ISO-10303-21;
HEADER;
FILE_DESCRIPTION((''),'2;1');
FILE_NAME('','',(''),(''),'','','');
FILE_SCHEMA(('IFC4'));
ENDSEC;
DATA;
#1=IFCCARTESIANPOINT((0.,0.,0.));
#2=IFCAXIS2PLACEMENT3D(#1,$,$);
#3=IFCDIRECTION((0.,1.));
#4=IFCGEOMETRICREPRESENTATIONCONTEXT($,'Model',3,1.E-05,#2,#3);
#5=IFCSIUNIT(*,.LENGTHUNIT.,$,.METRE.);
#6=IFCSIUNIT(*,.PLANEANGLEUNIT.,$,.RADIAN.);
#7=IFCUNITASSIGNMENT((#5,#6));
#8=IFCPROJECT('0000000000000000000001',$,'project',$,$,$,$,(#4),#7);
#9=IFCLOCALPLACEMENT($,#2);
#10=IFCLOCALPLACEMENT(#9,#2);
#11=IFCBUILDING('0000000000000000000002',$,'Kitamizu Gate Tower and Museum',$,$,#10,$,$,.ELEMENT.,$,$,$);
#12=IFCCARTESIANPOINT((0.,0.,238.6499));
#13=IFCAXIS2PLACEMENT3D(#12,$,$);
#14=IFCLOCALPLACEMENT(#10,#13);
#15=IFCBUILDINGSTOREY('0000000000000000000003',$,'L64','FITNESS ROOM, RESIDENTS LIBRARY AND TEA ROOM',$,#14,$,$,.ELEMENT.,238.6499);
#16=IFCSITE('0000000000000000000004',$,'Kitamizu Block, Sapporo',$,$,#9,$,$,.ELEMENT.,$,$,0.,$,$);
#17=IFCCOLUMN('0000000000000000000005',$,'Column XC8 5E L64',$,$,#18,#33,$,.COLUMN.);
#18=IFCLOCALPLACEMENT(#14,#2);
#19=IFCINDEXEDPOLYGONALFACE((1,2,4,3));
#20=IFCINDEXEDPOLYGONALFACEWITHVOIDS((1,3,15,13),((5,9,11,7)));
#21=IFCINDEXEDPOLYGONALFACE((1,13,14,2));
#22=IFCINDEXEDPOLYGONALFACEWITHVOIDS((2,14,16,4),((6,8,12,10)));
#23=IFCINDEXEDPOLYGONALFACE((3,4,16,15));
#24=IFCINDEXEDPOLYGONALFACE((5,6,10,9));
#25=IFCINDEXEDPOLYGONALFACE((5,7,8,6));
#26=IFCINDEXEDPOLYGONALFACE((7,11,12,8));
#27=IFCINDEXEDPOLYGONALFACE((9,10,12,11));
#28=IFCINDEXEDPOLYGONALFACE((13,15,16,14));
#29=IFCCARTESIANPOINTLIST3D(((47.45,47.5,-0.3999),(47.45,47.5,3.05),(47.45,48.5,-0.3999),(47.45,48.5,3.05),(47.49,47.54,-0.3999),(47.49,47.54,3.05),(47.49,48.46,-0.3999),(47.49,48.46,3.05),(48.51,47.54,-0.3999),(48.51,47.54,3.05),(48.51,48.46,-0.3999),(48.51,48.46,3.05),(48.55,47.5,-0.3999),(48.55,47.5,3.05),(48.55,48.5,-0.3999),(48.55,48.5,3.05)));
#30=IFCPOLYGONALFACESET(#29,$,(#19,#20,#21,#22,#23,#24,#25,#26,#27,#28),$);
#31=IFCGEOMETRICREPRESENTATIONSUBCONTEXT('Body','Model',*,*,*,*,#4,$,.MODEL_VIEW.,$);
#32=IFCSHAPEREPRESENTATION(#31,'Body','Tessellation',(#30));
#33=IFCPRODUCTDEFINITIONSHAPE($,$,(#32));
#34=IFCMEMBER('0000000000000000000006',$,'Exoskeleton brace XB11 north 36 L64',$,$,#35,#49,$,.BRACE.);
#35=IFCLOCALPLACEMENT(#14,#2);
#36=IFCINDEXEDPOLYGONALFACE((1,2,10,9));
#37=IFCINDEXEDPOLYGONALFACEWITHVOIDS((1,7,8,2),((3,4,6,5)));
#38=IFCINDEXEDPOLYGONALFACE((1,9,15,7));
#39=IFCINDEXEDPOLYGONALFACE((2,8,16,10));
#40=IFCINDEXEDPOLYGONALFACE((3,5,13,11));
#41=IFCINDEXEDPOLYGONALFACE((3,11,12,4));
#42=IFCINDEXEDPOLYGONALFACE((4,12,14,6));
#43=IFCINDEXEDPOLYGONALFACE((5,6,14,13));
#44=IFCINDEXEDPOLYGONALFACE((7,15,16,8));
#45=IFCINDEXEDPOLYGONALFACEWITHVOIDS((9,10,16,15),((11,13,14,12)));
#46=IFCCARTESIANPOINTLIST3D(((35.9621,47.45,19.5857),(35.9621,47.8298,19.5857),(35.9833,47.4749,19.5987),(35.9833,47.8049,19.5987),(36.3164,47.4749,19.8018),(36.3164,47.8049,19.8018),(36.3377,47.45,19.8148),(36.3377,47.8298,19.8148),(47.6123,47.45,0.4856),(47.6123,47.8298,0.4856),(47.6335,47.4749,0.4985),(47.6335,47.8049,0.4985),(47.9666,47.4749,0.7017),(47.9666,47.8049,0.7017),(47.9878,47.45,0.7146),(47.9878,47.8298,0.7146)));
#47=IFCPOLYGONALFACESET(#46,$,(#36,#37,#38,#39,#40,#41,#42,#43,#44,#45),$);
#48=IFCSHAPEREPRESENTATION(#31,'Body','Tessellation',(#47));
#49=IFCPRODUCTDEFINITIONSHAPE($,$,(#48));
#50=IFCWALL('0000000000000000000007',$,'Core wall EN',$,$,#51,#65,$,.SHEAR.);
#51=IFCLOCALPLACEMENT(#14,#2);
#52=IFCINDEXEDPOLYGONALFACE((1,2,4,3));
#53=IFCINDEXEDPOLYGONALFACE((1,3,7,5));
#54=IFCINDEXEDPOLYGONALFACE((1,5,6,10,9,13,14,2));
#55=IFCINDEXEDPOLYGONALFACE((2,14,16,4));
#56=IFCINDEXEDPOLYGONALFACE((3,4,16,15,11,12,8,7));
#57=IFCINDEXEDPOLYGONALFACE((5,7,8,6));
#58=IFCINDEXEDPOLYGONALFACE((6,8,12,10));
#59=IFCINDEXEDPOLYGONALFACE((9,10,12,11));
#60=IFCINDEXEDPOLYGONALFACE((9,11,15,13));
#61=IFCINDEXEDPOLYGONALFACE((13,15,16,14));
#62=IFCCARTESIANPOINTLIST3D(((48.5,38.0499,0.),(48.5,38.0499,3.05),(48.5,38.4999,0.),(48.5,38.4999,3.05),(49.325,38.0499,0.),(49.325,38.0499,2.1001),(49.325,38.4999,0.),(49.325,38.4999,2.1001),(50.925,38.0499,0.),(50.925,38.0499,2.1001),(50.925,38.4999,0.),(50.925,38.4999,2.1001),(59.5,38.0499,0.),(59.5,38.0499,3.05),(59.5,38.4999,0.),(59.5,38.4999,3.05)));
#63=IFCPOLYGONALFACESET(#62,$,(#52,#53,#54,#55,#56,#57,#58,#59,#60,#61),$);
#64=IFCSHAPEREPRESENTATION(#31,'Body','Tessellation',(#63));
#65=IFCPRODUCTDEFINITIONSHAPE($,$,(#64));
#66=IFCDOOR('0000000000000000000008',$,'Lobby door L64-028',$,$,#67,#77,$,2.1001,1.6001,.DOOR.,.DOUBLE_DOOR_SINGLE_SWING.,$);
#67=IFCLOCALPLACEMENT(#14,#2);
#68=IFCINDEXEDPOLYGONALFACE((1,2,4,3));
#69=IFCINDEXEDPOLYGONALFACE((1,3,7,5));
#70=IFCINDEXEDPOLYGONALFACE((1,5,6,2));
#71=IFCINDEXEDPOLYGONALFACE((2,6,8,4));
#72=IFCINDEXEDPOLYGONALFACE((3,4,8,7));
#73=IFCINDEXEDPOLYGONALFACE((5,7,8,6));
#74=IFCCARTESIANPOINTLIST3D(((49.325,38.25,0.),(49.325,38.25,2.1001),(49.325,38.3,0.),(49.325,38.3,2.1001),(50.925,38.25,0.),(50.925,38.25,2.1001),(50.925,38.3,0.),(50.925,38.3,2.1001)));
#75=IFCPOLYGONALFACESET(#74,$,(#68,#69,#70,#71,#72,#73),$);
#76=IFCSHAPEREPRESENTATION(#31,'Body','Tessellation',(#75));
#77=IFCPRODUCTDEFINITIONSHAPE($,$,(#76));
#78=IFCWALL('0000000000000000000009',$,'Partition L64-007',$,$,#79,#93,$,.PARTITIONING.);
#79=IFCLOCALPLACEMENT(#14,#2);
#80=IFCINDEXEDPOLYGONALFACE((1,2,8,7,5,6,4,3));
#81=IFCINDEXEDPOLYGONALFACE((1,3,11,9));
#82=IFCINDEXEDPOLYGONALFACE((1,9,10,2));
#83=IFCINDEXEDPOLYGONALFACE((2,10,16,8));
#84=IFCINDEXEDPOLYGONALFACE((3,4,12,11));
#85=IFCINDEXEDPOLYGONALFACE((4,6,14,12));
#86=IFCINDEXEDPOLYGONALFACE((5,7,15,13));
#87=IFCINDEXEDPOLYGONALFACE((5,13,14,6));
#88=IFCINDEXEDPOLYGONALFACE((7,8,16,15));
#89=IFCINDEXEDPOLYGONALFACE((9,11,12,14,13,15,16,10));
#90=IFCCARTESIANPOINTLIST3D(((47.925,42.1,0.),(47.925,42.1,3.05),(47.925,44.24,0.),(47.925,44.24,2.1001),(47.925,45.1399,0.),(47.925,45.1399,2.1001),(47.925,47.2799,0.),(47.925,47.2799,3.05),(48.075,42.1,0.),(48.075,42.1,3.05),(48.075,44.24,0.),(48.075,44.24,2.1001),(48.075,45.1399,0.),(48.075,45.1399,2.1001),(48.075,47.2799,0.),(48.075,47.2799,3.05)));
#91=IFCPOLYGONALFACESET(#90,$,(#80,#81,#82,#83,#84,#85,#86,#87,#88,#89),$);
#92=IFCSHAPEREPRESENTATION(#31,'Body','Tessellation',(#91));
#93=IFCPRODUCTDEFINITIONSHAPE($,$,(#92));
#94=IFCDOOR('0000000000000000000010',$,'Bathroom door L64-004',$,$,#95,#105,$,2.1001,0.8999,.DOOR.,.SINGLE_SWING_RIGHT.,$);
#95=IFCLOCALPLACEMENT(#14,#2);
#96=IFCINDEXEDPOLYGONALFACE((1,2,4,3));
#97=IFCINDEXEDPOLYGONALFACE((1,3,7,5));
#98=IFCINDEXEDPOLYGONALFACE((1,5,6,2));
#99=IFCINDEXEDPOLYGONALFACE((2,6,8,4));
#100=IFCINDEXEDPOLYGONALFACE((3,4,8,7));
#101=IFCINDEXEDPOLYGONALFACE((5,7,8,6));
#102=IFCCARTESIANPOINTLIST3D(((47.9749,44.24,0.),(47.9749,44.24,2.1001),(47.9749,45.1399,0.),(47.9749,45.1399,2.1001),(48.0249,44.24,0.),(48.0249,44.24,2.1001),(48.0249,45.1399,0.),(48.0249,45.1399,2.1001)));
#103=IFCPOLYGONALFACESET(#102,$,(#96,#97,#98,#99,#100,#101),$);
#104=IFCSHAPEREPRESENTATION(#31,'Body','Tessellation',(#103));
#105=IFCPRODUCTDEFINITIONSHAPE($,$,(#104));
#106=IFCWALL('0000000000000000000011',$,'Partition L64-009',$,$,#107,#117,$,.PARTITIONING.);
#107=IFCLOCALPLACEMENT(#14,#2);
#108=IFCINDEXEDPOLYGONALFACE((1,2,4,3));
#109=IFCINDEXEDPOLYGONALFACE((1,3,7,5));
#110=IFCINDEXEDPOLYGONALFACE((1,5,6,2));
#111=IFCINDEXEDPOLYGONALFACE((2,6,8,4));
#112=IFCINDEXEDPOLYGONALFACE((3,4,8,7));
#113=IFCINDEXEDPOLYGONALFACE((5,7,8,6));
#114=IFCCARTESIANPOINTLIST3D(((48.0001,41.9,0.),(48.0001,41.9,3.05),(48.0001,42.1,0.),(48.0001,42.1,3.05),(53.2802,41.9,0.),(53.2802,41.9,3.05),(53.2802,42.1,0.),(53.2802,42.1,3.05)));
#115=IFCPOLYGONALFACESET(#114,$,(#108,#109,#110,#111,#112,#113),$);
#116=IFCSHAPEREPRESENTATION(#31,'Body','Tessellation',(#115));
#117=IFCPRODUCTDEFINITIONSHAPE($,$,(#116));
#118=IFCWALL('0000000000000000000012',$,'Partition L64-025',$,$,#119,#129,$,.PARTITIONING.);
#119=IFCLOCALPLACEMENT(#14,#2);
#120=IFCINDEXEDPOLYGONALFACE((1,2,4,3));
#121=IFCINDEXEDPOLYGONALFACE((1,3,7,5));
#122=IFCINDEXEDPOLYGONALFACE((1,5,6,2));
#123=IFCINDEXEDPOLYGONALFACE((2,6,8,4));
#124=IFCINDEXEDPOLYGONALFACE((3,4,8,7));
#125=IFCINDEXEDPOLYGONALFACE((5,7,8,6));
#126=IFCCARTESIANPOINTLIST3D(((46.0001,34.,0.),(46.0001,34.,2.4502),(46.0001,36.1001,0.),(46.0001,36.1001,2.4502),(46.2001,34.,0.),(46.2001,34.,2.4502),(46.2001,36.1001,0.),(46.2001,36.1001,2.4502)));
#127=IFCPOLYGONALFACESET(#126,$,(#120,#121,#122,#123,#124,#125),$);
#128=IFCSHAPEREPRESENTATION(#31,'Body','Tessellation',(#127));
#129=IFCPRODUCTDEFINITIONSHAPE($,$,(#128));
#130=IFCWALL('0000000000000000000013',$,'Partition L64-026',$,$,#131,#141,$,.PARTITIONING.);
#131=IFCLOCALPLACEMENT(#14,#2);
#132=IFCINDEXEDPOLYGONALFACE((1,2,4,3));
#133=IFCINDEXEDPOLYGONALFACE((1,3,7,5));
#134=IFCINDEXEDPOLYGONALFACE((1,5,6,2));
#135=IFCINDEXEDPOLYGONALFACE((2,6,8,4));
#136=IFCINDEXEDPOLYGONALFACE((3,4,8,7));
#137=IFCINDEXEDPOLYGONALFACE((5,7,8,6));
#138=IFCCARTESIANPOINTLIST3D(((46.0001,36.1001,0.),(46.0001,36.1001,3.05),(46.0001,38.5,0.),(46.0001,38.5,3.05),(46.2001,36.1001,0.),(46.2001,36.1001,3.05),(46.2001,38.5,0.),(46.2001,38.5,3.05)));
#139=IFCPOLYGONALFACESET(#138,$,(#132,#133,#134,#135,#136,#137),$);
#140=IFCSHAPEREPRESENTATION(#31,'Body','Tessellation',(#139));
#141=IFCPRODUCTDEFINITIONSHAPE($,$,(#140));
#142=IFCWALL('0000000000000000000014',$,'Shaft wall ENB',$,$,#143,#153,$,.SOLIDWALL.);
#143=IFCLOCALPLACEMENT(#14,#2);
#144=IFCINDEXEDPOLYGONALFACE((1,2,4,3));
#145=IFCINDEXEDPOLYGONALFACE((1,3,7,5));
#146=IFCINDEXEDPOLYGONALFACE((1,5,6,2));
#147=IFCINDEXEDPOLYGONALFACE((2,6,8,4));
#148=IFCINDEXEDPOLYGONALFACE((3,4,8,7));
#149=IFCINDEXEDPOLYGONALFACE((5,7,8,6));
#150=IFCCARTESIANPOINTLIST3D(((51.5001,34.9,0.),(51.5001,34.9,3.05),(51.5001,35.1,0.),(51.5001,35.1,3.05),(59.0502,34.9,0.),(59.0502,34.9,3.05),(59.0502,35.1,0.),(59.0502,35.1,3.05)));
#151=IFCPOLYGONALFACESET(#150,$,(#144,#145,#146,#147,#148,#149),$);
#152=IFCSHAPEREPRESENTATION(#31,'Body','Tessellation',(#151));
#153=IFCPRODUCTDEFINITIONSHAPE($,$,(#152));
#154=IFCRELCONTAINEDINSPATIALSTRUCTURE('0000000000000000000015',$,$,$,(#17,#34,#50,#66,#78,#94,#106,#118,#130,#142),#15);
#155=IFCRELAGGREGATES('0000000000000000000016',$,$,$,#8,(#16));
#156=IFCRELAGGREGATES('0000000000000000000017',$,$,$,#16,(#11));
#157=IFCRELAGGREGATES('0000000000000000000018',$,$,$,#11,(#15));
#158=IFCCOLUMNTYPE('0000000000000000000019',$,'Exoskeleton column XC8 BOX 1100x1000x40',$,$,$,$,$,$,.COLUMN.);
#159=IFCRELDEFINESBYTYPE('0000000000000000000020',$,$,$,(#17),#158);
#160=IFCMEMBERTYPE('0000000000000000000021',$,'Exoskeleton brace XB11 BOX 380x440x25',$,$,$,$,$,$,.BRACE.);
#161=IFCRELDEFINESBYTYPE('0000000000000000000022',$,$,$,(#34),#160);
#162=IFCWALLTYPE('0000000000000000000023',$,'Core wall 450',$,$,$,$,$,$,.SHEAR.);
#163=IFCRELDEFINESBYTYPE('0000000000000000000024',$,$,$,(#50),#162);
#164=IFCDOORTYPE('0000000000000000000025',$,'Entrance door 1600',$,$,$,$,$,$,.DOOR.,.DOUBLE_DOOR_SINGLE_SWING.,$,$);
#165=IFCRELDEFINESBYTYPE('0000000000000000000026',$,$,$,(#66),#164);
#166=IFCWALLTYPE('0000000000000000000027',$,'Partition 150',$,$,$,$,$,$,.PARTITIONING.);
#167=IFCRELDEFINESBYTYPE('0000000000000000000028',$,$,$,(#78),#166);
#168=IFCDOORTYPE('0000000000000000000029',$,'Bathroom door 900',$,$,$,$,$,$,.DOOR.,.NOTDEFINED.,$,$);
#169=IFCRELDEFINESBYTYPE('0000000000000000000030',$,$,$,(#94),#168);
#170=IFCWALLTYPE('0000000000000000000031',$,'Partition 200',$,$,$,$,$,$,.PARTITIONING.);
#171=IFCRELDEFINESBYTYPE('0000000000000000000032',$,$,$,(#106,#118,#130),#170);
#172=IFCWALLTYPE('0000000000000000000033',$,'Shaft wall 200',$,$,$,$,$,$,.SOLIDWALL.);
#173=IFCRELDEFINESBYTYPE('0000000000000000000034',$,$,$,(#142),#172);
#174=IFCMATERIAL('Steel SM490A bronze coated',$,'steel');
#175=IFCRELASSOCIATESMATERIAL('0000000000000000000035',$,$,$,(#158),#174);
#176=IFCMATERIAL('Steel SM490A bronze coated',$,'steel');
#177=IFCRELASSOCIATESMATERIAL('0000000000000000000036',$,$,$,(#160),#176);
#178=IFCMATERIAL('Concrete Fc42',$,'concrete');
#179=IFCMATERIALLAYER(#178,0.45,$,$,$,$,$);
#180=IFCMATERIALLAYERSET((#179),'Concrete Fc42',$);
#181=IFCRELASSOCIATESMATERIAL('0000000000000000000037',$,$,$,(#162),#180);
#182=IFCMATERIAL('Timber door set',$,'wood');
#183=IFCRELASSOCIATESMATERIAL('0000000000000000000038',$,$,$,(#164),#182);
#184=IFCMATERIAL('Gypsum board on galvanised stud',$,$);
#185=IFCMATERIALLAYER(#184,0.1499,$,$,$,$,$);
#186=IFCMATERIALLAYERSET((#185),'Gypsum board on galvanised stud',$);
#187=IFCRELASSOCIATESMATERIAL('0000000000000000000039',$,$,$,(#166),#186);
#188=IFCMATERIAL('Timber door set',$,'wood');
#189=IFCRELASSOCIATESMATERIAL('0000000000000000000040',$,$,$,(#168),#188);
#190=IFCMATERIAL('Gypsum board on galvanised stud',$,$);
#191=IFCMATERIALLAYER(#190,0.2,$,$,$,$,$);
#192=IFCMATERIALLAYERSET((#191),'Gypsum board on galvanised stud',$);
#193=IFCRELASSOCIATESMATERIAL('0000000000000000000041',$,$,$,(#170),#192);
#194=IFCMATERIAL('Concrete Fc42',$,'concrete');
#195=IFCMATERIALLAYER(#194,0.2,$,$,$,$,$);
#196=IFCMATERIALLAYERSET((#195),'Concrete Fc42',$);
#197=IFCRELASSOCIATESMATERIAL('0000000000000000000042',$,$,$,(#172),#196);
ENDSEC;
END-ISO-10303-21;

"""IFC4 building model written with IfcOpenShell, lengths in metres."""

from ifc_helpers import new_model, si_unit, direction, frame, frame_2d, origin, origin_2d, place, context, subcontext, project, spatial, rectangle, hollow_rectangle, extrude, material, layer, layer_set, material_profile, profile_set, type_object, element, fill, save


model = new_model("IFC4")

# Units and contexts
model_context = context("Model", 3, precision=1e-05, world=origin(), true_north=direction((0.0, 1.0)))
body_context = subcontext(model_context, "Body", "Model", "MODEL_VIEW")
ifc_project = project(units=[si_unit("LENGTHUNIT", "METRE"), si_unit("PLANEANGLEUNIT", "RADIAN")], contexts=[model_context])

# Site, building, storey
site_placement = place(None, origin())
site = spatial("IfcSite", under=ifc_project, at=site_placement, Name="Kitamizu Block, Sapporo", CompositionType="ELEMENT", RefElevation=0.0)
building_placement = place(site_placement, origin())
building = spatial("IfcBuilding", under=site, at=building_placement, Name="Kitamizu Gate Tower and Museum", CompositionType="ELEMENT")
storey_placement = place(building_placement, frame((0.0, 0.0, 238.6499)))
storey = spatial("IfcBuildingStorey", under=building, at=storey_placement, Name="L64", Description="FITNESS ROOM, RESIDENTS LIBRARY AND TEA ROOM", CompositionType="ELEMENT", Elevation=238.6499)

# Column
ifc_material_1 = material(Name="Steel SM490A bronze coated", Category="steel")
ifc_material_profile_1 = material_profile(ifc_material_1, hollow_rectangle(XDim=1.1001, YDim=1.0, WallThickness=0.04, at=origin_2d()), Name="BOX 1100x1000x40")
ifc_profile_set_1 = profile_set([ifc_material_profile_1], Name="Steel SM490A bronze coated")
column_type = type_object("IfcColumnType", Name="Exoskeleton column XC8 BOX 1100x1000x40", PredefinedType="COLUMN", material=ifc_profile_set_1)
column_placement = place(storey_placement, frame((48.0, 48.0, -0.3999), z_axis=(0.0, 0.0, 1.0), x_axis=(1.0, 0.0, 0.0)))
element("IfcColumn", 1, at=column_placement, inside=storey, type_object=column_type, Name="Column XC8 5E L64", PredefinedType="COLUMN", context=body_context, shape_type="SweptSolid", body=[
    extrude(hollow_rectangle(XDim=1.1001, YDim=1.0, WallThickness=0.04, at=origin_2d()), origin(), (0.0, 0.0, 1.0), 3.45),
])

# Member
ifc_material_2 = material(Name="Steel SM490A bronze coated", Category="steel")
ifc_material_profile_2 = material_profile(ifc_material_2, hollow_rectangle(XDim=0.3799, YDim=0.4399, WallThickness=0.0249, at=origin_2d()), Name="BOX 380x440x25")
ifc_profile_set_2 = profile_set([ifc_material_profile_2], Name="Steel SM490A bronze coated")
member_type = type_object("IfcMemberType", Name="Exoskeleton brace XB11 BOX 380x440x25", PredefinedType="BRACE", material=ifc_profile_set_2)
member_placement = place(storey_placement, frame((47.8, 47.6399, 0.6001), z_axis=(-0.520729, 0.0, 0.853722), x_axis=(0.0, -1.0, 0.0)))
element("IfcMember", 2, at=member_placement, inside=storey, type_object=member_type, Name="Exoskeleton brace XB11 north 36 L64", PredefinedType="BRACE", context=body_context, shape_type="SweptSolid", body=[
    extrude(hollow_rectangle(XDim=0.3799, YDim=0.4399, WallThickness=0.0249, at=origin_2d()), origin(), (0.0, 0.0, 1.0), 22.3728),
])

# Walls, openings, doors
ifc_material_3 = material(Name="Concrete Fc42", Category="concrete")
ifc_layer_1 = layer(ifc_material_3, 0.45)
ifc_layer_set_1 = layer_set([ifc_layer_1], Name="Concrete Fc42")
wall_type_1 = type_object("IfcWallType", Name="Core wall 450", PredefinedType="SHEAR", material=ifc_layer_set_1)
wall_1_placement = place(storey_placement, frame((59.5, 38.2749, 0.0), z_axis=(0.0, 0.0, 1.0), x_axis=(-1.0, 0.0, 0.0)))
wall_1 = element("IfcWall", 3, at=wall_1_placement, inside=storey, type_object=wall_type_1, Name="Core wall EN", PredefinedType="SHEAR", context=body_context, shape_type="SweptSolid", body=[
    extrude(rectangle(XDim=11.0, YDim=0.45, at=frame_2d((5.5, 0.0))), origin(), (0.0, 0.0, 1.0), 3.05),
])
opening_1_placement = place(wall_1_placement, frame((8.575, 0.0, 0.0)))
opening_1 = element("IfcOpeningElement", 4, at=opening_1_placement, cuts=wall_1, PredefinedType="OPENING", context=body_context, shape_type="SweptSolid", body=[
    extrude(rectangle(XDim=1.6001, YDim=2.1001, at=frame_2d((0.8, 1.05))), frame((0.0, 0.2349, 0.0), z_axis=(0.0, -1.0, 0.0), x_axis=(1.0, 0.0, 0.0)), (0.0, 0.0, 1.0), 0.47),
])
ifc_material_4 = material(Name="Timber door set", Category="wood")
door_type_1 = type_object("IfcDoorType", Name="Entrance door 1600", OperationType="DOUBLE_DOOR_SINGLE_SWING", PredefinedType="DOOR", material=ifc_material_4)
door_1_placement = place(opening_1_placement, origin())
door_1 = element("IfcDoor", 5, at=door_1_placement, inside=storey, type_object=door_type_1, Name="Lobby door L64-028", OperationType="DOUBLE_DOOR_SINGLE_SWING", OverallHeight=2.1001, OverallWidth=1.6001, PredefinedType="DOOR", context=body_context, shape_type="SweptSolid", body=[
    extrude(rectangle(XDim=1.6001, YDim=2.1001, at=frame_2d((0.8, 1.05))), frame((0.0, 0.0249, 0.0), z_axis=(0.0, -1.0, 0.0), x_axis=(1.0, 0.0, 0.0)), (0.0, 0.0, 1.0), 0.05),
])
fill(opening_1, door_1)
ifc_material_5 = material(Name="Gypsum board on galvanised stud")
ifc_layer_2 = layer(ifc_material_5, 0.1499)
ifc_layer_set_2 = layer_set([ifc_layer_2], Name="Gypsum board on galvanised stud")
wall_type_2 = type_object("IfcWallType", Name="Partition 150", PredefinedType="PARTITIONING", material=ifc_layer_set_2)
wall_2_placement = place(storey_placement, frame((48.0, 42.1001, 0.0), z_axis=(0.0, 0.0, 1.0), x_axis=(0.0, 1.0, 0.0)))
wall_2 = element("IfcWall", 6, at=wall_2_placement, inside=storey, type_object=wall_type_2, Name="Partition L64-007", PredefinedType="PARTITIONING", context=body_context, shape_type="SweptSolid", body=[
    extrude(rectangle(XDim=5.1799, YDim=0.1499, at=frame_2d((2.5898, 0.0))), origin(), (0.0, 0.0, 1.0), 3.05),
])
opening_2_placement = place(wall_2_placement, frame((2.1399, 0.0, 0.0)))
opening_2 = element("IfcOpeningElement", 7, at=opening_2_placement, cuts=wall_2, PredefinedType="OPENING", context=body_context, shape_type="SweptSolid", body=[
    extrude(rectangle(XDim=0.8999, YDim=2.1001, at=frame_2d((0.45, 1.05))), frame((0.0, 0.085, 0.0), z_axis=(0.0, -1.0, 0.0), x_axis=(1.0, 0.0, 0.0)), (0.0, 0.0, 1.0), 0.1699),
])
ifc_material_6 = material(Name="Timber door set", Category="wood")
door_type_2 = type_object("IfcDoorType", Name="Bathroom door 900", OperationType="NOTDEFINED", PredefinedType="DOOR", material=ifc_material_6)
door_2_placement = place(opening_2_placement, frame((0.8999, 0.0, 0.0), x_axis=(-1.0, 0.0, 0.0)))
door_2 = element("IfcDoor", 8, at=door_2_placement, inside=storey, type_object=door_type_2, Name="Bathroom door L64-004", OperationType="SINGLE_SWING_RIGHT", OverallHeight=2.1001, OverallWidth=0.8999, PredefinedType="DOOR", context=body_context, shape_type="SweptSolid", body=[
    extrude(rectangle(XDim=0.8999, YDim=2.1001, at=frame_2d((0.45, 1.05))), frame((0.0, 0.0249, 0.0), z_axis=(0.0, -1.0, 0.0), x_axis=(1.0, 0.0, 0.0)), (0.0, 0.0, 1.0), 0.05),
])
fill(opening_2, door_2)

# Walls
ifc_material_7 = material(Name="Gypsum board on galvanised stud")
ifc_layer_3 = layer(ifc_material_7, 0.2)
ifc_layer_set_3 = layer_set([ifc_layer_3], Name="Gypsum board on galvanised stud")
wall_type_3 = type_object("IfcWallType", Name="Partition 200", PredefinedType="PARTITIONING", material=ifc_layer_set_3)
wall_3_placement = place(storey_placement, frame((48.0, 42.0, 0.0), z_axis=(0.0, 0.0, 1.0), x_axis=(1.0, 0.0, 0.0)))
element("IfcWall", 9, at=wall_3_placement, inside=storey, type_object=wall_type_3, Name="Partition L64-009", PredefinedType="PARTITIONING", context=body_context, shape_type="SweptSolid", body=[
    extrude(rectangle(XDim=5.28, YDim=0.2, at=frame_2d((2.6401, 0.0))), origin(), (0.0, 0.0, 1.0), 3.05),
])
wall_4_placement = place(storey_placement, frame((46.1001, 34.0, 0.0), z_axis=(0.0, 0.0, 1.0), x_axis=(0.0, 1.0, 0.0)))
element("IfcWall", 10, at=wall_4_placement, inside=storey, type_object=wall_type_3, Name="Partition L64-025", PredefinedType="PARTITIONING", context=body_context, shape_type="SweptSolid", body=[
    extrude(rectangle(XDim=2.1001, YDim=0.2, at=frame_2d((1.05, 0.0))), origin(), (0.0, 0.0, 1.0), 2.4502),
])
wall_5_placement = place(storey_placement, frame((46.1001, 36.1001, 0.0), z_axis=(0.0, 0.0, 1.0), x_axis=(0.0, 1.0, 0.0)))
element("IfcWall", 11, at=wall_5_placement, inside=storey, type_object=wall_type_3, Name="Partition L64-026", PredefinedType="PARTITIONING", context=body_context, shape_type="SweptSolid", body=[
    extrude(rectangle(XDim=2.3999, YDim=0.2, at=frame_2d((1.2, 0.0))), origin(), (0.0, 0.0, 1.0), 3.05),
])
ifc_material_8 = material(Name="Concrete Fc42", Category="concrete")
ifc_layer_4 = layer(ifc_material_8, 0.2)
ifc_layer_set_4 = layer_set([ifc_layer_4], Name="Concrete Fc42")
wall_type_4 = type_object("IfcWallType", Name="Shaft wall 200", PredefinedType="SOLIDWALL", material=ifc_layer_set_4)
wall_6_placement = place(storey_placement, frame((59.05, 35.0, 0.0), z_axis=(0.0, 0.0, 1.0), x_axis=(-1.0, 0.0, 0.0)))
element("IfcWall", 12, at=wall_6_placement, inside=storey, type_object=wall_type_4, Name="Shaft wall ENB", PredefinedType="SOLIDWALL", context=body_context, shape_type="SweptSolid", body=[
    extrude(rectangle(XDim=7.55, YDim=0.2, at=frame_2d((3.7749, 0.0))), origin(), (0.0, 0.0, 1.0), 3.05),
])

save(model, "model.ifc")
